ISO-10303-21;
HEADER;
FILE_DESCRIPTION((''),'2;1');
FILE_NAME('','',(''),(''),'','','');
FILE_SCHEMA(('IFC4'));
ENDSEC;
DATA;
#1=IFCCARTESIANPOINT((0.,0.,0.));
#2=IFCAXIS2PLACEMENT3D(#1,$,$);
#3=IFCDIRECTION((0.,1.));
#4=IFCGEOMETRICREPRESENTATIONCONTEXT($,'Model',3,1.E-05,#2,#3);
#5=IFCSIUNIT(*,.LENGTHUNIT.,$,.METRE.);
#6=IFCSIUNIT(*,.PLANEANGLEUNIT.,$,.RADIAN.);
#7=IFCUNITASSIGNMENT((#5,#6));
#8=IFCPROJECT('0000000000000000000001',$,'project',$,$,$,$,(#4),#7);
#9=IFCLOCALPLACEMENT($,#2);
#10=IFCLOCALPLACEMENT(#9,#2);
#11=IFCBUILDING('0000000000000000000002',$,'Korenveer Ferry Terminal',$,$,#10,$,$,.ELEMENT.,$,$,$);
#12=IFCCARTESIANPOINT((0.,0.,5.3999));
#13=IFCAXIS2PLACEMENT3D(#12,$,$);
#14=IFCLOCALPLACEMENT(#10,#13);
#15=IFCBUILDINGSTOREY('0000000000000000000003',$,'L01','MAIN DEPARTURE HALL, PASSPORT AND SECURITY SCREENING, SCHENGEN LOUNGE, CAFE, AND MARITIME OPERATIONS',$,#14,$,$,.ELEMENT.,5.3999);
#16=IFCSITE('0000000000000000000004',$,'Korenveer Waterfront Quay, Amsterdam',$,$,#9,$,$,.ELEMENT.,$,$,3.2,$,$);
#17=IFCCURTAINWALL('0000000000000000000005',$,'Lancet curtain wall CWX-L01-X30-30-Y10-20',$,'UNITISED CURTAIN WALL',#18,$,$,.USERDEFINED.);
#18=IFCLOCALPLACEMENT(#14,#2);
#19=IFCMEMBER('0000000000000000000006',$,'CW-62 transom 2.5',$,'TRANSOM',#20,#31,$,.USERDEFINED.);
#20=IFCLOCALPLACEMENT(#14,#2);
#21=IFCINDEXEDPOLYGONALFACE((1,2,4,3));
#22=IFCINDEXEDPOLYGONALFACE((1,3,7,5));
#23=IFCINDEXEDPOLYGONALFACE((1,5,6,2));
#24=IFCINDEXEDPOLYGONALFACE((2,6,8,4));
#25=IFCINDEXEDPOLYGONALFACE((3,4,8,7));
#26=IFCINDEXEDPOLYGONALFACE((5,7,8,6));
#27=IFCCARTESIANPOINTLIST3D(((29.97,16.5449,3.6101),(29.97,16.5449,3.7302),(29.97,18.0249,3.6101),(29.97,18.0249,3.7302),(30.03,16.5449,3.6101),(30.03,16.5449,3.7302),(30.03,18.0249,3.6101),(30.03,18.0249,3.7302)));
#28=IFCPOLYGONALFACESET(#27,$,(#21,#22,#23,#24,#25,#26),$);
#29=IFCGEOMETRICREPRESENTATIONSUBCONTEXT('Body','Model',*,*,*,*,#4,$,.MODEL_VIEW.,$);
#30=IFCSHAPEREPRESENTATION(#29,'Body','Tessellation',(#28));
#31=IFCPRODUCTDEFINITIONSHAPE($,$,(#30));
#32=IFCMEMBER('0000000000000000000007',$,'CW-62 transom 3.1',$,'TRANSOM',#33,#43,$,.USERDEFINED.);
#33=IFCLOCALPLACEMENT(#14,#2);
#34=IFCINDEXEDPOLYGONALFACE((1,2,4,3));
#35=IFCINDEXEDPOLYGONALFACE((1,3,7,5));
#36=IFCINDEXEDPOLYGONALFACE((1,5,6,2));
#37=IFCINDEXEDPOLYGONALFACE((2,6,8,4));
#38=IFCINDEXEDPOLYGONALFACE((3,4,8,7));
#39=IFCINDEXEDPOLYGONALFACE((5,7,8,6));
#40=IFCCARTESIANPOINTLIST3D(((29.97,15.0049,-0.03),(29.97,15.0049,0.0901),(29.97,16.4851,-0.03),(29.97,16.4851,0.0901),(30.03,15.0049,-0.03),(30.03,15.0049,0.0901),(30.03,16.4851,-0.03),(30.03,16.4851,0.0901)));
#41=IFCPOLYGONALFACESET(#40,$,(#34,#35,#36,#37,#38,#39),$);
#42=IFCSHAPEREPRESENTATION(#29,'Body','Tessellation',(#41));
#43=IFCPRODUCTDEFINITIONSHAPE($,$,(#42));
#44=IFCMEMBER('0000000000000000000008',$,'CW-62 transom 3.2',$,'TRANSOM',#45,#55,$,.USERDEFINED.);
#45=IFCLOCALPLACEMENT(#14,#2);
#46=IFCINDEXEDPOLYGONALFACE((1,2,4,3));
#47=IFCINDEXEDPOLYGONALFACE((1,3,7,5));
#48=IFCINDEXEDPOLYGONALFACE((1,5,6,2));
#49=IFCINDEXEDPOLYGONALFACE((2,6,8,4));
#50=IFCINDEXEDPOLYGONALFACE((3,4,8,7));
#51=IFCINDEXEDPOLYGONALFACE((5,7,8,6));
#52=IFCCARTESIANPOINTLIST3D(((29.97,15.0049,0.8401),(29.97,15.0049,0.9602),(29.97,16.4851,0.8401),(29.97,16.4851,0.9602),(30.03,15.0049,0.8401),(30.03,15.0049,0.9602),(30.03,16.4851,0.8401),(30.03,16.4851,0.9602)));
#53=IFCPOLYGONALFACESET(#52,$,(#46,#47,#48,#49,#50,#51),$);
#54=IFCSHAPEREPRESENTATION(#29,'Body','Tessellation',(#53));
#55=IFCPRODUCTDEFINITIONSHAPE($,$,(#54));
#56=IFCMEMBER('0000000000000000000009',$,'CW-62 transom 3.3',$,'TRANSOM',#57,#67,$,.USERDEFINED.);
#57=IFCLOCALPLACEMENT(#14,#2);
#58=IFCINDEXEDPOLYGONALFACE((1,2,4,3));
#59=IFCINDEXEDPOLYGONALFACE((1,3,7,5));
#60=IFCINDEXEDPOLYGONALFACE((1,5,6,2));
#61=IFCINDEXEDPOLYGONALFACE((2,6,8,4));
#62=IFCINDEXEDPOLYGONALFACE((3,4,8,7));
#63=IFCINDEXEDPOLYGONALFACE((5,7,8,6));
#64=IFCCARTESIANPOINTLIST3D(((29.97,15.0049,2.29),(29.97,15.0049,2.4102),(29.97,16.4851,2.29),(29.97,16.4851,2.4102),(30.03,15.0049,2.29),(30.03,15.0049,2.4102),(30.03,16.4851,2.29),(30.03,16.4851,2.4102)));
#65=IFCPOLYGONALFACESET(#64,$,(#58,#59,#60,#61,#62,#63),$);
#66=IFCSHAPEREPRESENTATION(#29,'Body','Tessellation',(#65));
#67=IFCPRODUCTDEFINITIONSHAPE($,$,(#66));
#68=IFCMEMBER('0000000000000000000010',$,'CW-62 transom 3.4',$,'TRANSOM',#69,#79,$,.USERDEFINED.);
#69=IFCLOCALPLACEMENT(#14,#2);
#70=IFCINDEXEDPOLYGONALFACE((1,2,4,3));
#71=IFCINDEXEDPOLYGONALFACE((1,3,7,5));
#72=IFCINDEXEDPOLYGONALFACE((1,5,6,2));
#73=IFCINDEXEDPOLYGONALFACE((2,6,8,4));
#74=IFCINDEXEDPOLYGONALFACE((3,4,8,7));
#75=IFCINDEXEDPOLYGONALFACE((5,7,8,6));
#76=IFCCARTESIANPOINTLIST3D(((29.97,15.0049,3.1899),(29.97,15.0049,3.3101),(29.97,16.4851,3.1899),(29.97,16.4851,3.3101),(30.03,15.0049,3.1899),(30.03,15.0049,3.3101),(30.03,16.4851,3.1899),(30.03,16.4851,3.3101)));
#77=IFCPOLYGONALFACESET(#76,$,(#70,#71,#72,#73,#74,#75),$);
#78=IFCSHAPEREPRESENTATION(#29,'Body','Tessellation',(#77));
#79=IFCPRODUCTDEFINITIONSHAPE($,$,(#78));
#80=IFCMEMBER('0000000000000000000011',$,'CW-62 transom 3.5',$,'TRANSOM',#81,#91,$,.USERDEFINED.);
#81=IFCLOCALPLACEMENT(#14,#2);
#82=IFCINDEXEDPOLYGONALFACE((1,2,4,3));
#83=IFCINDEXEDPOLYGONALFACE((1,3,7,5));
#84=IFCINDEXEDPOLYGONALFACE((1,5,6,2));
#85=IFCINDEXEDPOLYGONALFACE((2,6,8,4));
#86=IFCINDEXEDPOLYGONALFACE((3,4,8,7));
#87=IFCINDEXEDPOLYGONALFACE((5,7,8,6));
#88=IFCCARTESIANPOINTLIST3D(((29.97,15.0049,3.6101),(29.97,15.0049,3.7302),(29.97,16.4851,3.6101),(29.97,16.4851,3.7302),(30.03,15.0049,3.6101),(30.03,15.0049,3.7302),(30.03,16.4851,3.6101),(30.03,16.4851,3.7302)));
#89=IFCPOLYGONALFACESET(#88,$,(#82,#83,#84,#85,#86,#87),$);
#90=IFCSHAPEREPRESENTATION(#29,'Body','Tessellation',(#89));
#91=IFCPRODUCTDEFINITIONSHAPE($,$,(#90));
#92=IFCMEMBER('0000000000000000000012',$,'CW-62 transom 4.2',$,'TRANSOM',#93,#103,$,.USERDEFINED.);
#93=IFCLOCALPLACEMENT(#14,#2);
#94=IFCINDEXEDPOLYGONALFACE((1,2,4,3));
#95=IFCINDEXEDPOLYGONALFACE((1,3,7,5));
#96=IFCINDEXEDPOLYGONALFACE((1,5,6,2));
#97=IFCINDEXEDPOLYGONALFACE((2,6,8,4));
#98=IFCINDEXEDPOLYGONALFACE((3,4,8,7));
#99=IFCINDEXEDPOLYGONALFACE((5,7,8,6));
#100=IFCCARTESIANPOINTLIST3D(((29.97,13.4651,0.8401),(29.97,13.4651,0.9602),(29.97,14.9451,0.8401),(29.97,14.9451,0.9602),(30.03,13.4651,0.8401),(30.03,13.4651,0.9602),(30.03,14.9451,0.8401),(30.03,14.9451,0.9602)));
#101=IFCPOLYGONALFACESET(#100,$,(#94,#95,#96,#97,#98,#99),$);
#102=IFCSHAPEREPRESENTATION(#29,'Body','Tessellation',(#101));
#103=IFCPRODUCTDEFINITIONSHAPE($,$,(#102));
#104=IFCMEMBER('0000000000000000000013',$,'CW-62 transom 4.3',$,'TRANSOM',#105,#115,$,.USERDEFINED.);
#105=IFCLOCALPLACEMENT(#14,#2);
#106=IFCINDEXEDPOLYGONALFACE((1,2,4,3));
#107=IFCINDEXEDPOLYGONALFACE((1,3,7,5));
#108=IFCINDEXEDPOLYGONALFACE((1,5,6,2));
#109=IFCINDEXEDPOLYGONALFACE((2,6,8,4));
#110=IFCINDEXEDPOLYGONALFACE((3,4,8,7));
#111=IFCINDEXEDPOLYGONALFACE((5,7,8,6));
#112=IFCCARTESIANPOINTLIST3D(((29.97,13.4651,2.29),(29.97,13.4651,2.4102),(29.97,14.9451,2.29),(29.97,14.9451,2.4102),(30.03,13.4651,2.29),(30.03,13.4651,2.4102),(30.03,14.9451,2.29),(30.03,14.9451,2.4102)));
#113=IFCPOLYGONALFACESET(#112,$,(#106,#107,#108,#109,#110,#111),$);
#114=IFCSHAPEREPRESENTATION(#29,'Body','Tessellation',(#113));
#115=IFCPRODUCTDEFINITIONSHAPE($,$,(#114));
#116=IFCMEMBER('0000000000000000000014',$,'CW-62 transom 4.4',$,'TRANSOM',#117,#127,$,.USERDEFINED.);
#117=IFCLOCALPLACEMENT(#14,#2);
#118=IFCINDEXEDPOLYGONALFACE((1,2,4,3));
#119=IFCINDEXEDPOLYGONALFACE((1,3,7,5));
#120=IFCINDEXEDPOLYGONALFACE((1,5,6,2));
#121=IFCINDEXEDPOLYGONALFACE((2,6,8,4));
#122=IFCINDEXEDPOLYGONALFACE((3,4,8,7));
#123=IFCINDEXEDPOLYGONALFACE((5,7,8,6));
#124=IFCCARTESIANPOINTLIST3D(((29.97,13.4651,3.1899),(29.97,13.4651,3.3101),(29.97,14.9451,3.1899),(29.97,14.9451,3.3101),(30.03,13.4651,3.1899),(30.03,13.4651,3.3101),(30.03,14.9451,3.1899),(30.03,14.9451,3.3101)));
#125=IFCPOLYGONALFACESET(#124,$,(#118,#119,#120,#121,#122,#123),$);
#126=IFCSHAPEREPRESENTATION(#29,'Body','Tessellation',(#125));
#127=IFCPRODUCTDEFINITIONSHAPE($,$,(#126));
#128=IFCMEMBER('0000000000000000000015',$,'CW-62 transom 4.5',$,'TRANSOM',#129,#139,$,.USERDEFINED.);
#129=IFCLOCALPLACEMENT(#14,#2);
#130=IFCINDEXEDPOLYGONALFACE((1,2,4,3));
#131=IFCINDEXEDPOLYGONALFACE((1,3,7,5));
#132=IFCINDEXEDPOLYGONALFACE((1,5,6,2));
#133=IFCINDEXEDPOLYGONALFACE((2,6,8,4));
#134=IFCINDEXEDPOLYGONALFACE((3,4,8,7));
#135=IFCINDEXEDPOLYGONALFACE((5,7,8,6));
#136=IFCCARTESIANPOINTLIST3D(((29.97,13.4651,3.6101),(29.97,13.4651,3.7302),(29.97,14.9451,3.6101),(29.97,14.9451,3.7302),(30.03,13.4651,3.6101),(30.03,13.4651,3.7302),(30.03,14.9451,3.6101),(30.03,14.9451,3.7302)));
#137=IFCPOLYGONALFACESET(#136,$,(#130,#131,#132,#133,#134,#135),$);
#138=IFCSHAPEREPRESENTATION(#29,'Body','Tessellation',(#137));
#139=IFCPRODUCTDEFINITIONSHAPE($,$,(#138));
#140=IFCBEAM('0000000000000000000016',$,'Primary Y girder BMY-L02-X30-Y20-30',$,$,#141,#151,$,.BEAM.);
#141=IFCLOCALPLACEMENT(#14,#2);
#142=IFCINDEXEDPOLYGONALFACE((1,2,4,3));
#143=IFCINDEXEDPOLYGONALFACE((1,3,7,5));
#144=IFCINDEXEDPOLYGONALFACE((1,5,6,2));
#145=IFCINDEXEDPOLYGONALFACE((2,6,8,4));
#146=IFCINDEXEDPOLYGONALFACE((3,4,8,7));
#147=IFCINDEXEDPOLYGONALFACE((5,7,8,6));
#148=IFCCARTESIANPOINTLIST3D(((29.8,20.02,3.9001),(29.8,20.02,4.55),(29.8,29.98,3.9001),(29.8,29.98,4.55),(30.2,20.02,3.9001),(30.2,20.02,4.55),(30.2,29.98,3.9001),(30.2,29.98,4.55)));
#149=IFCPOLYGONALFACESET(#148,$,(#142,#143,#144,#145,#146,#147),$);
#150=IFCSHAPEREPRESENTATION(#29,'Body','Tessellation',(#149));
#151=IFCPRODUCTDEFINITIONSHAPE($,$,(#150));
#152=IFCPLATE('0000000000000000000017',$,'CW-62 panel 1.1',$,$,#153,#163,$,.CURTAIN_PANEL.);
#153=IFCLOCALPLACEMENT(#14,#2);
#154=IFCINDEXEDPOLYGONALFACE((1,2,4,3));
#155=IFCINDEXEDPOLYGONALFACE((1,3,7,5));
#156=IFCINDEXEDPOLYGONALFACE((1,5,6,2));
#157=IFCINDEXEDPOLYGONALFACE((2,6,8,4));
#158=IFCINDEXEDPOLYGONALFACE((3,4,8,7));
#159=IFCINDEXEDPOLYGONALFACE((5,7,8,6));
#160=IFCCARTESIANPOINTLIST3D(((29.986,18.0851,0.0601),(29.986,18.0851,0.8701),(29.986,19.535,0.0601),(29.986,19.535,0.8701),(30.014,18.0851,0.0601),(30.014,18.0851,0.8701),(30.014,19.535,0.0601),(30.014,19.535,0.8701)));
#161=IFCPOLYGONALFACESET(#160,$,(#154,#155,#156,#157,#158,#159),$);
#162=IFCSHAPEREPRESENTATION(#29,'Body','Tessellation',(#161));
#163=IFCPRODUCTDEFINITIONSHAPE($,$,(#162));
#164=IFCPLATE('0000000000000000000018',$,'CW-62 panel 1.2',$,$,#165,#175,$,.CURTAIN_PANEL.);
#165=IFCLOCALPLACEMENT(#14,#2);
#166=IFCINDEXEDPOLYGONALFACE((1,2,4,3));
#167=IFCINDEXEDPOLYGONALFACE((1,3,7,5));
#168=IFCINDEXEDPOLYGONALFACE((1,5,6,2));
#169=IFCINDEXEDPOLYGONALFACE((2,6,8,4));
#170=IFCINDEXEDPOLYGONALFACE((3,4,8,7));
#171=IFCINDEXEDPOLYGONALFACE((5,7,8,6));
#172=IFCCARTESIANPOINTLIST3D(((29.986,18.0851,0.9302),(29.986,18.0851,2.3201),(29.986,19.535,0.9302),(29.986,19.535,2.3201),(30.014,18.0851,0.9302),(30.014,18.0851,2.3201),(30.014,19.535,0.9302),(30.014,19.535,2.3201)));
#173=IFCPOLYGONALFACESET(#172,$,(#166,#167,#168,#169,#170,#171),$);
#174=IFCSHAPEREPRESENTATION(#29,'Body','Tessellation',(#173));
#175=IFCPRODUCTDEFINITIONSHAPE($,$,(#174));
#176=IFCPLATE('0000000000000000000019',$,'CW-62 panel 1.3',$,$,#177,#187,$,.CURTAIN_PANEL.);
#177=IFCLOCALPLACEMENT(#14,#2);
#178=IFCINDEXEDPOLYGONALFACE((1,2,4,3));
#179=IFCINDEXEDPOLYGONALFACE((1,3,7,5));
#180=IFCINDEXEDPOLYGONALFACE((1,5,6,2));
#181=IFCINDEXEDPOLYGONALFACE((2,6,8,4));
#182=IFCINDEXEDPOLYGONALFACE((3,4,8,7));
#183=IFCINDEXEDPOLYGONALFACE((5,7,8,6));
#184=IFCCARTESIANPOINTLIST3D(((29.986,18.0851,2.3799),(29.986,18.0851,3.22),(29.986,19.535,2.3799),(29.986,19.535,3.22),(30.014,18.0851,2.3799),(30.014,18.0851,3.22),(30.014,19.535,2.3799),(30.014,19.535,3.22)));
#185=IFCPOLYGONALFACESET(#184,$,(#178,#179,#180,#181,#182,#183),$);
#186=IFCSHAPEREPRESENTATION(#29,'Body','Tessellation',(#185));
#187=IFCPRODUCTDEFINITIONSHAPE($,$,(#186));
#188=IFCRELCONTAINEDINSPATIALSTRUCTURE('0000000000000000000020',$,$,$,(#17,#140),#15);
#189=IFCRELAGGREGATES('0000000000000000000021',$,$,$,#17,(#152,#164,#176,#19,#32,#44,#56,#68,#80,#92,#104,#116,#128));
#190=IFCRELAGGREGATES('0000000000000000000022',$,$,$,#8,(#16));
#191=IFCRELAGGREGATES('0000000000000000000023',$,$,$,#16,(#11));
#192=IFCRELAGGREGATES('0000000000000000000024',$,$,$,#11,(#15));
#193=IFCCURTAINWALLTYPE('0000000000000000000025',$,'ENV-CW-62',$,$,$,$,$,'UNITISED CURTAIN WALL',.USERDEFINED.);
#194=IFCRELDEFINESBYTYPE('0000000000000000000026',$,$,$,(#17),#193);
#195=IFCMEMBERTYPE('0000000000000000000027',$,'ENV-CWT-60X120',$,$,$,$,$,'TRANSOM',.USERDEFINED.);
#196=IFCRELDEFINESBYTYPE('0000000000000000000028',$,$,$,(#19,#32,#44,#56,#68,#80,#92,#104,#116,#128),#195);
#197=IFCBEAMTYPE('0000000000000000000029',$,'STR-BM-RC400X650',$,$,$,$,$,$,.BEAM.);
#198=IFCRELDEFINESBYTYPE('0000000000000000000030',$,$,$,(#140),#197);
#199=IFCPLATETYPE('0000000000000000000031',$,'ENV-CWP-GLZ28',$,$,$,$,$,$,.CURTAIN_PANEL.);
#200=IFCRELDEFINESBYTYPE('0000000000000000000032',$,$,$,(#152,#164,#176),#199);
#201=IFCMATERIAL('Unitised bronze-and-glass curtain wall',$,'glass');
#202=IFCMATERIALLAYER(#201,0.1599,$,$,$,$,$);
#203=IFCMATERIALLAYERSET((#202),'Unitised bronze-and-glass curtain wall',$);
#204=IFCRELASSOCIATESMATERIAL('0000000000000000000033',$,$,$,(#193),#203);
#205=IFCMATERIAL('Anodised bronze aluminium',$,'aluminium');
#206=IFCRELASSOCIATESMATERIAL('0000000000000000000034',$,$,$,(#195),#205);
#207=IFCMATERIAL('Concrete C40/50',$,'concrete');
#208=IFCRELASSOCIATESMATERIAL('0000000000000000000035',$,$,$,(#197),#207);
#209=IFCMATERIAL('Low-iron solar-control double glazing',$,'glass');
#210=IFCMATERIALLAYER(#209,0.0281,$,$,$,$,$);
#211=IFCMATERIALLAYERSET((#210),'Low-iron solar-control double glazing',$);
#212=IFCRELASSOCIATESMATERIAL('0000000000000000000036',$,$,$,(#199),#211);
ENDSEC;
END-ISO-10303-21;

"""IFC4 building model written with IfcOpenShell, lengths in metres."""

from ifc_helpers import new_model, si_unit, direction, frame, origin, origin_2d, place, context, subcontext, project, spatial, rectangle, extrude, material, layer, layer_set, material_profile, profile_set, type_object, element, aggregate, save


model = new_model("IFC4")

# Units and contexts
model_context = context("Model", 3, precision=1e-05, world=origin(), true_north=direction((0.0, 1.0)))
body_context = subcontext(model_context, "Body", "Model", "MODEL_VIEW")
ifc_project = project(units=[si_unit("LENGTHUNIT", "METRE"), si_unit("PLANEANGLEUNIT", "RADIAN")], contexts=[model_context])

# Site, building, storey
site_placement = place(None, origin())
site = spatial("IfcSite", under=ifc_project, at=site_placement, Name="Korenveer Waterfront Quay, Amsterdam", CompositionType="ELEMENT", RefElevation=3.2)
building_placement = place(site_placement, origin())
building = spatial("IfcBuilding", under=site, at=building_placement, Name="Korenveer Ferry Terminal", CompositionType="ELEMENT")
storey_placement = place(building_placement, frame((0.0, 0.0, 5.3999)))
storey = spatial("IfcBuildingStorey", under=building, at=storey_placement, Name="L01", Description="MAIN DEPARTURE HALL, PASSPORT AND SECURITY SCREENING, SCHENGEN LOUNGE, CAFE, AND MARITIME OPERATIONS", CompositionType="ELEMENT", Elevation=5.3999)

# Curtain wall, members
ifc_material_1 = material(Name="Unitised bronze-and-glass curtain wall", Category="glass")
ifc_layer_1 = layer(ifc_material_1, 0.1599)
ifc_layer_set_1 = layer_set([ifc_layer_1], Name="Unitised bronze-and-glass curtain wall")
curtain_wall_type = type_object("IfcCurtainWallType", Name="ENV-CW-62", ElementType="UNITISED CURTAIN WALL", PredefinedType="USERDEFINED", material=ifc_layer_set_1)
curtain_wall_placement = place(storey_placement, frame((30.0, 19.595, 0.0)))
curtain_wall = element("IfcCurtainWall", 1, at=curtain_wall_placement, inside=storey, type_object=curtain_wall_type, Name="Lancet curtain wall CWX-L01-X30-30-Y10-20", ObjectType="UNITISED CURTAIN WALL", PredefinedType="USERDEFINED")
ifc_material_2 = material(Name="Anodised bronze aluminium", Category="aluminium")
ifc_material_profile_1 = material_profile(ifc_material_2, rectangle(XDim=0.0601, YDim=0.1201, at=origin_2d()), Name="ALU 60x120")
ifc_profile_set_1 = profile_set([ifc_material_profile_1], Name="Anodised bronze aluminium")
member_type_1 = type_object("IfcMemberType", Name="ENV-CWT-60X120", ElementType="TRANSOM", PredefinedType="USERDEFINED", material=ifc_profile_set_1)
member_1_placement = place(storey_placement, frame((30.0, 18.0249, 3.6702), z_axis=(0.0, -1.0, 0.0), x_axis=(1.0, 0.0, 0.0)))
member_1 = element("IfcMember", 2, at=member_1_placement, type_object=member_type_1, Name="CW-62 transom 2.5", ObjectType="TRANSOM", PredefinedType="USERDEFINED", context=body_context, shape_type="SweptSolid", body=[
    extrude(rectangle(XDim=0.0601, YDim=0.1201, at=origin_2d()), origin(), (0.0, 0.0, 1.0), 1.48),
])
member_2_placement = place(storey_placement, frame((30.0, 16.4851, 0.03), z_axis=(0.0, -1.0, 0.0), x_axis=(1.0, 0.0, 0.0)))
member_2 = element("IfcMember", 3, at=member_2_placement, type_object=member_type_1, Name="CW-62 transom 3.1", ObjectType="TRANSOM", PredefinedType="USERDEFINED", context=body_context, shape_type="SweptSolid", body=[
    extrude(rectangle(XDim=0.0601, YDim=0.1201, at=origin_2d()), origin(), (0.0, 0.0, 1.0), 1.4802),
])
member_3_placement = place(storey_placement, frame((30.0, 16.4851, 0.9001), z_axis=(0.0, -1.0, 0.0), x_axis=(1.0, 0.0, 0.0)))
member_3 = element("IfcMember", 4, at=member_3_placement, type_object=member_type_1, Name="CW-62 transom 3.2", ObjectType="TRANSOM", PredefinedType="USERDEFINED", context=body_context, shape_type="SweptSolid", body=[
    extrude(rectangle(XDim=0.0601, YDim=0.1201, at=origin_2d()), origin(), (0.0, 0.0, 1.0), 1.4802),
])
member_4_placement = place(storey_placement, frame((30.0, 16.4851, 2.3501), z_axis=(0.0, -1.0, 0.0), x_axis=(1.0, 0.0, 0.0)))
member_4 = element("IfcMember", 5, at=member_4_placement, type_object=member_type_1, Name="CW-62 transom 3.3", ObjectType="TRANSOM", PredefinedType="USERDEFINED", context=body_context, shape_type="SweptSolid", body=[
    extrude(rectangle(XDim=0.0601, YDim=0.1201, at=origin_2d()), origin(), (0.0, 0.0, 1.0), 1.4802),
])
member_5_placement = place(storey_placement, frame((30.0, 16.4851, 3.25), z_axis=(0.0, -1.0, 0.0), x_axis=(1.0, 0.0, 0.0)))
member_5 = element("IfcMember", 6, at=member_5_placement, type_object=member_type_1, Name="CW-62 transom 3.4", ObjectType="TRANSOM", PredefinedType="USERDEFINED", context=body_context, shape_type="SweptSolid", body=[
    extrude(rectangle(XDim=0.0601, YDim=0.1201, at=origin_2d()), origin(), (0.0, 0.0, 1.0), 1.4802),
])
member_6_placement = place(storey_placement, frame((30.0, 16.4851, 3.6702), z_axis=(0.0, -1.0, 0.0), x_axis=(1.0, 0.0, 0.0)))
member_6 = element("IfcMember", 7, at=member_6_placement, type_object=member_type_1, Name="CW-62 transom 3.5", ObjectType="TRANSOM", PredefinedType="USERDEFINED", context=body_context, shape_type="SweptSolid", body=[
    extrude(rectangle(XDim=0.0601, YDim=0.1201, at=origin_2d()), origin(), (0.0, 0.0, 1.0), 1.4802),
])
member_7_placement = place(storey_placement, frame((30.0, 14.9451, 0.9001), z_axis=(0.0, -1.0, 0.0), x_axis=(1.0, 0.0, 0.0)))
member_7 = element("IfcMember", 8, at=member_7_placement, type_object=member_type_1, Name="CW-62 transom 4.2", ObjectType="TRANSOM", PredefinedType="USERDEFINED", context=body_context, shape_type="SweptSolid", body=[
    extrude(rectangle(XDim=0.0601, YDim=0.1201, at=origin_2d()), origin(), (0.0, 0.0, 1.0), 1.48),
])
member_8_placement = place(storey_placement, frame((30.0, 14.9451, 2.3501), z_axis=(0.0, -1.0, 0.0), x_axis=(1.0, 0.0, 0.0)))
member_8 = element("IfcMember", 9, at=member_8_placement, type_object=member_type_1, Name="CW-62 transom 4.3", ObjectType="TRANSOM", PredefinedType="USERDEFINED", context=body_context, shape_type="SweptSolid", body=[
    extrude(rectangle(XDim=0.0601, YDim=0.1201, at=origin_2d()), origin(), (0.0, 0.0, 1.0), 1.48),
])
member_9_placement = place(storey_placement, frame((30.0, 14.9451, 3.25), z_axis=(0.0, -1.0, 0.0), x_axis=(1.0, 0.0, 0.0)))
member_9 = element("IfcMember", 10, at=member_9_placement, type_object=member_type_1, Name="CW-62 transom 4.4", ObjectType="TRANSOM", PredefinedType="USERDEFINED", context=body_context, shape_type="SweptSolid", body=[
    extrude(rectangle(XDim=0.0601, YDim=0.1201, at=origin_2d()), origin(), (0.0, 0.0, 1.0), 1.48),
])
member_10_placement = place(storey_placement, frame((30.0, 14.9451, 3.6702), z_axis=(0.0, -1.0, 0.0), x_axis=(1.0, 0.0, 0.0)))
member_10 = element("IfcMember", 11, at=member_10_placement, type_object=member_type_1, Name="CW-62 transom 4.5", ObjectType="TRANSOM", PredefinedType="USERDEFINED", context=body_context, shape_type="SweptSolid", body=[
    extrude(rectangle(XDim=0.0601, YDim=0.1201, at=origin_2d()), origin(), (0.0, 0.0, 1.0), 1.48),
])

# Beam
ifc_material_3 = material(Name="Concrete C40/50", Category="concrete")
ifc_material_profile_2 = material_profile(ifc_material_3, rectangle(XDim=0.3999, YDim=0.6499, at=origin_2d()), Name="RC 400x650")
ifc_profile_set_2 = profile_set([ifc_material_profile_2], Name="Concrete C40/50")
beam_type = type_object("IfcBeamType", Name="STR-BM-RC400X650", PredefinedType="BEAM", material=ifc_profile_set_2)
beam_placement = place(storey_placement, frame((30.0, 20.02, 4.2251), z_axis=(0.0, 1.0, 0.0), x_axis=(-1.0, 0.0, 0.0)))
element("IfcBeam", 12, at=beam_placement, inside=storey, type_object=beam_type, Name="Primary Y girder BMY-L02-X30-Y20-30", PredefinedType="BEAM", context=body_context, shape_type="SweptSolid", body=[
    extrude(rectangle(XDim=0.3999, YDim=0.6499, at=origin_2d()), origin(), (0.0, 0.0, 1.0), 9.96),
])

# Plates
ifc_material_4 = material(Name="Low-iron solar-control double glazing", Category="glass")
ifc_layer_2 = layer(ifc_material_4, 0.0281)
ifc_layer_set_2 = layer_set([ifc_layer_2], Name="Low-iron solar-control double glazing")
plate_type = type_object("IfcPlateType", Name="ENV-CWP-GLZ28", PredefinedType="CURTAIN_PANEL", material=ifc_layer_set_2)
plate_1_placement = place(storey_placement, frame((30.0, 18.8101, 0.0601), z_axis=(0.0, 0.0, 1.0), x_axis=(0.0, -1.0, 0.0)))
plate_1 = element("IfcPlate", 13, at=plate_1_placement, type_object=plate_type, Name="CW-62 panel 1.1", PredefinedType="CURTAIN_PANEL", context=body_context, shape_type="SweptSolid", body=[
    extrude(rectangle(XDim=1.45, YDim=0.0281, at=origin_2d()), origin(), (0.0, 0.0, 1.0), 0.8101),
])
plate_2_placement = place(storey_placement, frame((30.0, 18.8101, 0.9302), z_axis=(0.0, 0.0, 1.0), x_axis=(0.0, -1.0, 0.0)))
plate_2 = element("IfcPlate", 14, at=plate_2_placement, type_object=plate_type, Name="CW-62 panel 1.2", PredefinedType="CURTAIN_PANEL", context=body_context, shape_type="SweptSolid", body=[
    extrude(rectangle(XDim=1.45, YDim=0.0281, at=origin_2d()), origin(), (0.0, 0.0, 1.0), 1.3899),
])
plate_3_placement = place(storey_placement, frame((30.0, 18.8101, 2.3799), z_axis=(0.0, 0.0, 1.0), x_axis=(0.0, -1.0, 0.0)))
plate_3 = element("IfcPlate", 15, at=plate_3_placement, type_object=plate_type, Name="CW-62 panel 1.3", PredefinedType="CURTAIN_PANEL", context=body_context, shape_type="SweptSolid", body=[
    extrude(rectangle(XDim=1.45, YDim=0.0281, at=origin_2d()), origin(), (0.0, 0.0, 1.0), 0.8401),
])
aggregate(curtain_wall, [plate_1, plate_2, plate_3, member_1, member_2, member_3, member_4, member_5, member_6, member_7, member_8, member_9, member_10])

save(model, "model.ifc")
